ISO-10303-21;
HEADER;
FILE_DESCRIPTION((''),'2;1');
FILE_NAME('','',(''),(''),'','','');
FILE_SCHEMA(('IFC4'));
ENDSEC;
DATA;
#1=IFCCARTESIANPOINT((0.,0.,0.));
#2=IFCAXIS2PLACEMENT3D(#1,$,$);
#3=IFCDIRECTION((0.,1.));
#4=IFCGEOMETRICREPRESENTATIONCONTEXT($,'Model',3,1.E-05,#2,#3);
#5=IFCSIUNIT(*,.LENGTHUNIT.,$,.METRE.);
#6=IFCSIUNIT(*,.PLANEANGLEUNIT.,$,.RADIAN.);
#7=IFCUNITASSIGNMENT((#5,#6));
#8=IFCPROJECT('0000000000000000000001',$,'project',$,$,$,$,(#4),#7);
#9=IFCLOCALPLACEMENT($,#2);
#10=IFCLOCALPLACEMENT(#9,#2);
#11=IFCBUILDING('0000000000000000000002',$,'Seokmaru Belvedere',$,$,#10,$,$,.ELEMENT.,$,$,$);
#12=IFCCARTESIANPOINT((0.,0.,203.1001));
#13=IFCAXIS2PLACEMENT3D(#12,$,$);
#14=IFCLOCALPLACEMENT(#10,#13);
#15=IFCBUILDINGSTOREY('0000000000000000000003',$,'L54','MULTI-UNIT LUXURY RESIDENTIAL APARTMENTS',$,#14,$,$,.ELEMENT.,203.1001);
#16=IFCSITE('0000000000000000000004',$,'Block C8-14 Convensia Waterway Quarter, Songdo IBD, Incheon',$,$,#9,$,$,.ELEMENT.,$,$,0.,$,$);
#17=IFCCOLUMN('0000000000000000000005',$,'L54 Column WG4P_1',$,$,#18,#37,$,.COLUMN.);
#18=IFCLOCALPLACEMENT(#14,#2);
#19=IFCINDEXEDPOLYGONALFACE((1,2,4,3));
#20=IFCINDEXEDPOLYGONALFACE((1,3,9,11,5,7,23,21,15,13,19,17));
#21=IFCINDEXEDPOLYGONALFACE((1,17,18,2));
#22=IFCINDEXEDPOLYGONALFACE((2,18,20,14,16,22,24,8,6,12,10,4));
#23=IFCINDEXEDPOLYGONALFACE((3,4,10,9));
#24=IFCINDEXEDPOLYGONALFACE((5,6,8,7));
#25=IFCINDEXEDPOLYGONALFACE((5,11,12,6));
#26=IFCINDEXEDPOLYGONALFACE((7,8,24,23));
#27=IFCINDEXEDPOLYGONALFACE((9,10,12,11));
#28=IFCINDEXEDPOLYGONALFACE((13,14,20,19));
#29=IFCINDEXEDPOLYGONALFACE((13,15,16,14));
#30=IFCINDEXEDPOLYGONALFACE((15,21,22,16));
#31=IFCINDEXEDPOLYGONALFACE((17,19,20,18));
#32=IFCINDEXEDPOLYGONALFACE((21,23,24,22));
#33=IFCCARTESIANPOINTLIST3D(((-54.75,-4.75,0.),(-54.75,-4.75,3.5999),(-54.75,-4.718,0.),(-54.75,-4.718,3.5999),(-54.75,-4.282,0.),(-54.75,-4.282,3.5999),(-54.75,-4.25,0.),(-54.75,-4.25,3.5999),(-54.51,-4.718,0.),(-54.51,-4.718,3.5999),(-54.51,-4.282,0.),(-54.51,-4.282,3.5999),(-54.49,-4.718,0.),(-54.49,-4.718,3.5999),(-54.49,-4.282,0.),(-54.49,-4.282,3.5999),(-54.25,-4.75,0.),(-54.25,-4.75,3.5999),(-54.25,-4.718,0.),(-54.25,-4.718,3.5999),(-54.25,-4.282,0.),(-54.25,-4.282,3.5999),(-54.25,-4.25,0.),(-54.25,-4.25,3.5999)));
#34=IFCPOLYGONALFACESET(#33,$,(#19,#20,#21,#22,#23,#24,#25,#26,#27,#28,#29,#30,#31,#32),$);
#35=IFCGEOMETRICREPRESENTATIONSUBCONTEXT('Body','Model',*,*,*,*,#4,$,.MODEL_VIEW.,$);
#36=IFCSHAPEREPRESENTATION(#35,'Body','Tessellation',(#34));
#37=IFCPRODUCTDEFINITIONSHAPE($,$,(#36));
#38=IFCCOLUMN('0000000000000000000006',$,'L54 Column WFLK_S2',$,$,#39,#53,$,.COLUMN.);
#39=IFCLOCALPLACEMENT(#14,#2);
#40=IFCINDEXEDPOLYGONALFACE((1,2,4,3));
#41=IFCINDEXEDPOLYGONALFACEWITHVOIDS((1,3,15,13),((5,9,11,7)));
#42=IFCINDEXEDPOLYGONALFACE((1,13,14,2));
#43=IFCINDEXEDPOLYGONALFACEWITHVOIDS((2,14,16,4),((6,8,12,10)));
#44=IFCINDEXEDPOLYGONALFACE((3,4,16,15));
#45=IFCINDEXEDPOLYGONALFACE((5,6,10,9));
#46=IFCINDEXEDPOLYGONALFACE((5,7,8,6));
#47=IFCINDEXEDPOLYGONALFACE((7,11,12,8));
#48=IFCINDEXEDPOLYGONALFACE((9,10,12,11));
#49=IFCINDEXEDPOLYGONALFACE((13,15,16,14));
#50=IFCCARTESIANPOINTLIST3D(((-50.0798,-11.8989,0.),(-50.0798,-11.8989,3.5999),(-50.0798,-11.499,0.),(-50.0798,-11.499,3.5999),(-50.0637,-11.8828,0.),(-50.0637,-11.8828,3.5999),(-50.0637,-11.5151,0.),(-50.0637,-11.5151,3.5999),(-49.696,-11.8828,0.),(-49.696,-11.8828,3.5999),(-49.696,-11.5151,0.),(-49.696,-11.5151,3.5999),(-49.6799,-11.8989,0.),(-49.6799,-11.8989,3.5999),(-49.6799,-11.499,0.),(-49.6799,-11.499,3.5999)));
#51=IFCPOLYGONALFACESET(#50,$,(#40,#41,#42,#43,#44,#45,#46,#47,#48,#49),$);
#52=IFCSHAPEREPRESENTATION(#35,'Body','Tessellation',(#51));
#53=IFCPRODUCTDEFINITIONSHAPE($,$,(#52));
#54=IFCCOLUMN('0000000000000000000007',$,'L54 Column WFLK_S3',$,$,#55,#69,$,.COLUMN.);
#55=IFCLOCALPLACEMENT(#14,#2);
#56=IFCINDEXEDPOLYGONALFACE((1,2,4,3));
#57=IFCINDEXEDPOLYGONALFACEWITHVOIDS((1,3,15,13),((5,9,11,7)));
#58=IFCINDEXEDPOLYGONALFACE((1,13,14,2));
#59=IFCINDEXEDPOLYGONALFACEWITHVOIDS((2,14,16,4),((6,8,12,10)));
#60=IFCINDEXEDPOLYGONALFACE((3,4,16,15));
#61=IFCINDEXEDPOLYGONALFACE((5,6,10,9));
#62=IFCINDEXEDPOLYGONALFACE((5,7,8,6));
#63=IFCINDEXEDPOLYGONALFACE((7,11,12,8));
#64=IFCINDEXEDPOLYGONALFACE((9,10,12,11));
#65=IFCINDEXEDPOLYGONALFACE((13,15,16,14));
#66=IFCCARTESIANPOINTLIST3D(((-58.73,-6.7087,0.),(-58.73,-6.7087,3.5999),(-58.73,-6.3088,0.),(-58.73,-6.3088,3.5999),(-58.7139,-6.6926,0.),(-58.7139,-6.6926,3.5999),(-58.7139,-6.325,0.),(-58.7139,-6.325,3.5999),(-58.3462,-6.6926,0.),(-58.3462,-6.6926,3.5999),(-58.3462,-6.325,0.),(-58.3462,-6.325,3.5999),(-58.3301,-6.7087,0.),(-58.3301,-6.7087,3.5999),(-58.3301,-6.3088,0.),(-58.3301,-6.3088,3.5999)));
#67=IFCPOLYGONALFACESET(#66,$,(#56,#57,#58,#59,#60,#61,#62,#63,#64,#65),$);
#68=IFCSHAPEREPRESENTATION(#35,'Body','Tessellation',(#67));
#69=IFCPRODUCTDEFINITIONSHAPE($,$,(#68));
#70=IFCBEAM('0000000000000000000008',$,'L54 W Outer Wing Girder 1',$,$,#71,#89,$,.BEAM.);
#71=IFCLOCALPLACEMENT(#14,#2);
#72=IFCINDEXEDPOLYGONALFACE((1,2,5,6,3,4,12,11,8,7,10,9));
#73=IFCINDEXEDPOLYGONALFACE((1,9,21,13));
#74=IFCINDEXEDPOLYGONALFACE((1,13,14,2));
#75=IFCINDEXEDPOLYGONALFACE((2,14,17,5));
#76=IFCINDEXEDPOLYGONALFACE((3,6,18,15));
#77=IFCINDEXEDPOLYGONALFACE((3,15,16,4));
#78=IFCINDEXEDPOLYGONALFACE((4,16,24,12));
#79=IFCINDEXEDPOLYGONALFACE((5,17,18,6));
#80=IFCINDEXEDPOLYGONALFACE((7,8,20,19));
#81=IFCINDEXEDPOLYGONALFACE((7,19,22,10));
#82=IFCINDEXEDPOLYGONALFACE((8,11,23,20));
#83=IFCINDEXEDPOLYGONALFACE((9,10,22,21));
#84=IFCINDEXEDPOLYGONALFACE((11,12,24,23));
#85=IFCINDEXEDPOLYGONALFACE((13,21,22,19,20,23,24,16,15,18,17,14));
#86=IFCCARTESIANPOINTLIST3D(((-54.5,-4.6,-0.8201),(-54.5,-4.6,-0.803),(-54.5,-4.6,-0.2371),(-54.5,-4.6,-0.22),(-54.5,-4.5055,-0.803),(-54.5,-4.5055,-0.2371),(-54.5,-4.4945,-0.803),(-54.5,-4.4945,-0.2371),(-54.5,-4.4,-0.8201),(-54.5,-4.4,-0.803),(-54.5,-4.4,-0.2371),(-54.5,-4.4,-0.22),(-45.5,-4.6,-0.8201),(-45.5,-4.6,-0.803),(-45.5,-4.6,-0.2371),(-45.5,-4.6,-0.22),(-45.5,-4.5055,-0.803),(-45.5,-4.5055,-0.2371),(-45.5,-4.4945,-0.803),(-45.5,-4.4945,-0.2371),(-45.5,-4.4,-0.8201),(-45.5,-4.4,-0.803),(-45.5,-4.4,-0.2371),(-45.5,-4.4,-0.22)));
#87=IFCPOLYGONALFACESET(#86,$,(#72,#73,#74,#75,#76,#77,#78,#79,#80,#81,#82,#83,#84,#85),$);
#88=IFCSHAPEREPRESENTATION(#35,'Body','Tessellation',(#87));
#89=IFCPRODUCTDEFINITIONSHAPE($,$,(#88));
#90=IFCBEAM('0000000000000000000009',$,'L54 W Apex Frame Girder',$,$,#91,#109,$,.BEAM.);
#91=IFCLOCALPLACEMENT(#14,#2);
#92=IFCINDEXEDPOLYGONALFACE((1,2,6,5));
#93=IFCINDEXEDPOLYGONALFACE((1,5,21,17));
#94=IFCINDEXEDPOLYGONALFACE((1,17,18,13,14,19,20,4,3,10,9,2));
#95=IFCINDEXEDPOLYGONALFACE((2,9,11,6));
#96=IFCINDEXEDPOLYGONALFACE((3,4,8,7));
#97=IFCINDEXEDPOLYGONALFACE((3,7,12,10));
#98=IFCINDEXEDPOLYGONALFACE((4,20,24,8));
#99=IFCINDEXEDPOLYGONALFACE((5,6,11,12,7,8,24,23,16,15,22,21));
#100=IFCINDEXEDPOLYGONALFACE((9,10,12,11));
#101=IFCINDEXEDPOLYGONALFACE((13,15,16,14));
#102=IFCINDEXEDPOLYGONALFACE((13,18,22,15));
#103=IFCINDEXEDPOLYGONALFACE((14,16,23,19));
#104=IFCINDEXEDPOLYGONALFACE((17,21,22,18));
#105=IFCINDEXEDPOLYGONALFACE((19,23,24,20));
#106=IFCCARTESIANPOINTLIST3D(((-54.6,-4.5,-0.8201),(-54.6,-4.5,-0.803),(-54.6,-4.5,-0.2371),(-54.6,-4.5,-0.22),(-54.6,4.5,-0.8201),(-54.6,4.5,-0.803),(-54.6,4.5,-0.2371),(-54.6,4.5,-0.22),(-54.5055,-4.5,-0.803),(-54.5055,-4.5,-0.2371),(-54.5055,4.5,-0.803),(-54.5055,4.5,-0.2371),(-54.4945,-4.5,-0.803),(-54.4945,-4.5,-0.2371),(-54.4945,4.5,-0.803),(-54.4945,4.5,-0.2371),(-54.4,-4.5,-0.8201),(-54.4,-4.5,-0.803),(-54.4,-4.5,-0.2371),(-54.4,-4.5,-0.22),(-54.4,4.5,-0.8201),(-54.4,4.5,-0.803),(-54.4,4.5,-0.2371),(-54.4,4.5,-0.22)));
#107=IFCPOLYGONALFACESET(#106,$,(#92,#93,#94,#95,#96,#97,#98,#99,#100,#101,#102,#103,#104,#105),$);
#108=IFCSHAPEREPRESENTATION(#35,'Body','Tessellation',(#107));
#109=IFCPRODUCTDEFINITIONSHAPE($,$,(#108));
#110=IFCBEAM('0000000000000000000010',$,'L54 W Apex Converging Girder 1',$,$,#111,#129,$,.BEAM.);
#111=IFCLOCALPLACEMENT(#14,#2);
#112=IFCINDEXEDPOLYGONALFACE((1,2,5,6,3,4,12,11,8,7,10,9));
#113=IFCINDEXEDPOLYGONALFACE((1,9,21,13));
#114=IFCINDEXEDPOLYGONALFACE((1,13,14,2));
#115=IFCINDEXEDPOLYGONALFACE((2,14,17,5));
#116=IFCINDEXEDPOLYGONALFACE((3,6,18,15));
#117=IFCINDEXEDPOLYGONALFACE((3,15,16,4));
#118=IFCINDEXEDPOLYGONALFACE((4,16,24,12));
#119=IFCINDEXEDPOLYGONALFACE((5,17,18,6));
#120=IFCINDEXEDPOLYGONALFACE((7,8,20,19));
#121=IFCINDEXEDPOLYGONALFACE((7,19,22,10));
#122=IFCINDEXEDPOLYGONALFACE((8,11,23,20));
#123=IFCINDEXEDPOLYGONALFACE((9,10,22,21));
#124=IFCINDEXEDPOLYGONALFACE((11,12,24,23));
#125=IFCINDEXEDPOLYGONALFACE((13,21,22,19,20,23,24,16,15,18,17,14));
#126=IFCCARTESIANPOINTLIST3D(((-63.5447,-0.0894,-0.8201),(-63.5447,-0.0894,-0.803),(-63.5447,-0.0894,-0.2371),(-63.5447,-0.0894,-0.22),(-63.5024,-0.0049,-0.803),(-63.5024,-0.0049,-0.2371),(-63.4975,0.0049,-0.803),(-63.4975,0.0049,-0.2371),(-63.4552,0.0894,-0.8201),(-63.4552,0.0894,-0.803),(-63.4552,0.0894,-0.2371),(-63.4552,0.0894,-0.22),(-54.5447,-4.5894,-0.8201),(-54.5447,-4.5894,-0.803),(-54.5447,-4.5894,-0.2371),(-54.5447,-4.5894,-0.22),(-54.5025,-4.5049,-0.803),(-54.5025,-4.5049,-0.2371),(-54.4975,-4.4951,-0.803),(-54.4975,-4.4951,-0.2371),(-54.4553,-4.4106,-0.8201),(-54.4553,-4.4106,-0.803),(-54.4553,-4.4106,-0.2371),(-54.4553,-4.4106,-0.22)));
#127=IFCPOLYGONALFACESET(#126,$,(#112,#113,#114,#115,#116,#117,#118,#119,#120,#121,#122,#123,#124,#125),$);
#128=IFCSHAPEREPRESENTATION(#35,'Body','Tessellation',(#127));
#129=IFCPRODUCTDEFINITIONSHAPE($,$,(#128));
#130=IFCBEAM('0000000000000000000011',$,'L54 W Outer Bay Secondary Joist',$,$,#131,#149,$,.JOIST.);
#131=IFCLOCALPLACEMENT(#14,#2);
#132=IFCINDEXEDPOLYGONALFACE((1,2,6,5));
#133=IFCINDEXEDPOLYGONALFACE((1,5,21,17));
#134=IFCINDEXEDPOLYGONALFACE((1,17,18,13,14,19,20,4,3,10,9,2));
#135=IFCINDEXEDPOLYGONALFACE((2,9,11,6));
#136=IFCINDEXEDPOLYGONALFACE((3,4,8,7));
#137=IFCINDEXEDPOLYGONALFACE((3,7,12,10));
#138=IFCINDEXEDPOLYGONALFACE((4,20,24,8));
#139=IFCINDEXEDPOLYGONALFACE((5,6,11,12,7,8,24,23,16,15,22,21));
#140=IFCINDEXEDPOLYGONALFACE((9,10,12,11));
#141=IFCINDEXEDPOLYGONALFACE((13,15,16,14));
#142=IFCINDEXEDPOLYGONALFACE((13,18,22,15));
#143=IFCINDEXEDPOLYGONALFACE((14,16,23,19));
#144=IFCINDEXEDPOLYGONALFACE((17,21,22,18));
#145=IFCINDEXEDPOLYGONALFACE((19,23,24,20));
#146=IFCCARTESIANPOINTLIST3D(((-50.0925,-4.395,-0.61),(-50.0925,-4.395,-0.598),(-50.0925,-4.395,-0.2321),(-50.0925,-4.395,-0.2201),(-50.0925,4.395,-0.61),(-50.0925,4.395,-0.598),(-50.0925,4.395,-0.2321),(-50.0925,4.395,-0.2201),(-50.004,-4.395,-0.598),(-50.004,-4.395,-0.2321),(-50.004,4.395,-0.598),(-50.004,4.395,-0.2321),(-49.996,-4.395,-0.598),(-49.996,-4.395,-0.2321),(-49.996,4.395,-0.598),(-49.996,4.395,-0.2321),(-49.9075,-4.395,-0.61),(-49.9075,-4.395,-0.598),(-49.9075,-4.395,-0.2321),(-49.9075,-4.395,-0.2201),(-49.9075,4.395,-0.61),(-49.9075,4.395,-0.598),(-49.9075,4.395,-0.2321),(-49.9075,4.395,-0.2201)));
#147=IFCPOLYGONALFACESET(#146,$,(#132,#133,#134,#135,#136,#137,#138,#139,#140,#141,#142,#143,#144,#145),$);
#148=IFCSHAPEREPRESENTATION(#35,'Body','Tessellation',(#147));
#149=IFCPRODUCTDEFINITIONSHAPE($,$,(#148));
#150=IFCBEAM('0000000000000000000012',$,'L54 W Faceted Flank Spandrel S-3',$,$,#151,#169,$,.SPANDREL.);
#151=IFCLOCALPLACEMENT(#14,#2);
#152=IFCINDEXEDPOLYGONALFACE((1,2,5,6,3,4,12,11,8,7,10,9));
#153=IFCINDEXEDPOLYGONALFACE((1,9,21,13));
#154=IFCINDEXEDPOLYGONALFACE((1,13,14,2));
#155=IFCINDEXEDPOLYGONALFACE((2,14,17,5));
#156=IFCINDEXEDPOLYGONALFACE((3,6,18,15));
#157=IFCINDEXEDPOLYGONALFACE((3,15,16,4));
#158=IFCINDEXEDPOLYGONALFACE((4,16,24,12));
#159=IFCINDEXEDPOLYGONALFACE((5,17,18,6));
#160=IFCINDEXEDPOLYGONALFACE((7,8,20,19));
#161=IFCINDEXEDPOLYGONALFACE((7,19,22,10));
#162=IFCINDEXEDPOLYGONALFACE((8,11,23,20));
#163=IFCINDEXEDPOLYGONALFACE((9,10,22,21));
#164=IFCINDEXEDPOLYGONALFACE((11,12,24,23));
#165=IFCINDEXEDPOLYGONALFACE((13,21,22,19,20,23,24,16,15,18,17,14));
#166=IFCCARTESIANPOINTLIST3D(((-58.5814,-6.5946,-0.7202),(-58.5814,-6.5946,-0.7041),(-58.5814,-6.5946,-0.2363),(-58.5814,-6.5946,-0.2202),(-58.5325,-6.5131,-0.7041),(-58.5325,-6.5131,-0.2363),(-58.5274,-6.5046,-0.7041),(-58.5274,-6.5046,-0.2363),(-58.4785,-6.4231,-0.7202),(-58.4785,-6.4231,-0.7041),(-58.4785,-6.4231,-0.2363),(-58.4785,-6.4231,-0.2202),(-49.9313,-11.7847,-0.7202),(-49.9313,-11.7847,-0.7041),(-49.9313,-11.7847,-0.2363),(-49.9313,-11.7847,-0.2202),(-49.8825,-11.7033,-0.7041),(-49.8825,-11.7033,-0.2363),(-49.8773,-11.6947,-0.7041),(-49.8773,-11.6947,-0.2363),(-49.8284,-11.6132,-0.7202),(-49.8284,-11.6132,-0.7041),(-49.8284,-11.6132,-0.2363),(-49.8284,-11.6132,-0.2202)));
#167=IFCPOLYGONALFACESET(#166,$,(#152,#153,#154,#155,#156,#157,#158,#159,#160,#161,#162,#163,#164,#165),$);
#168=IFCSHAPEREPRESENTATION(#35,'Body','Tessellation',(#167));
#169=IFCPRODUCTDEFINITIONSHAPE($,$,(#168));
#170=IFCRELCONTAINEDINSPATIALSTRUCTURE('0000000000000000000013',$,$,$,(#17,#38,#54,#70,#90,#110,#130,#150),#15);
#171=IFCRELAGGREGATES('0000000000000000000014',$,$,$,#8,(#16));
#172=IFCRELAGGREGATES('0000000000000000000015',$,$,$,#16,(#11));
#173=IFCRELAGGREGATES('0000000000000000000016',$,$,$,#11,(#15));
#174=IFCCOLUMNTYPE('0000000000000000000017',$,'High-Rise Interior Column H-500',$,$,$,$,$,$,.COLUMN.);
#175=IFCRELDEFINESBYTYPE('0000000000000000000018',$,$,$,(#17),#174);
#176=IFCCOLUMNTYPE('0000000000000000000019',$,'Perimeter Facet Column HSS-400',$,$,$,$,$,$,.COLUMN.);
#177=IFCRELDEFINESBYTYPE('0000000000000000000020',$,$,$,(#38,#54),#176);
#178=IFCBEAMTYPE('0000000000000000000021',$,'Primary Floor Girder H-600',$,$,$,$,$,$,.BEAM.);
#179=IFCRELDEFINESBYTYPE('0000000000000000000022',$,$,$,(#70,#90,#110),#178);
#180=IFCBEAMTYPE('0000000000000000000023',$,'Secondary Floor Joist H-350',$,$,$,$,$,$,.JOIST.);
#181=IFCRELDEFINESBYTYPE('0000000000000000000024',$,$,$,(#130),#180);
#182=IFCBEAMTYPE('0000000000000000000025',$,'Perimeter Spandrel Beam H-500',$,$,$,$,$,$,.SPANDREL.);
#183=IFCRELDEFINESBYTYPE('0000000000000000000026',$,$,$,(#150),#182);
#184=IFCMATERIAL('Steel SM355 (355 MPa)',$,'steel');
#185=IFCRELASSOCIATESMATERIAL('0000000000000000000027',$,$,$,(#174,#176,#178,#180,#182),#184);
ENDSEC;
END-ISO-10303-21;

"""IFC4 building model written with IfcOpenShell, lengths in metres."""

from ifc_helpers import new_model, si_unit, direction, frame, origin, origin_2d, place, context, subcontext, project, spatial, hollow_rectangle, i_section, extrude, source, transform, mapped, material, material_profile, profile_set, type_object, type_shapes, element, save


model = new_model("IFC4")

# Units and contexts
model_context = context("Model", 3, precision=1e-05, world=origin(), true_north=direction((0.0, 1.0)))
body_context = subcontext(model_context, "Body", "Model", "MODEL_VIEW")
ifc_project = project(units=[si_unit("LENGTHUNIT", "METRE"), si_unit("PLANEANGLEUNIT", "RADIAN")], contexts=[model_context])

# Site, building, storey
site_placement = place(None, origin())
site = spatial("IfcSite", under=ifc_project, at=site_placement, Name="Block C8-14 Convensia Waterway Quarter, Songdo IBD, Incheon", CompositionType="ELEMENT", RefElevation=0.0)
building_placement = place(site_placement, origin())
building = spatial("IfcBuilding", under=site, at=building_placement, Name="Seokmaru Belvedere", CompositionType="ELEMENT")
storey_placement = place(building_placement, frame((0.0, 0.0, 203.1001)))
storey = spatial("IfcBuildingStorey", under=building, at=storey_placement, Name="L54", Description="MULTI-UNIT LUXURY RESIDENTIAL APARTMENTS", CompositionType="ELEMENT", Elevation=203.1001)

# Columns
ifc_material_1 = material(Name="Steel SM355 (355 MPa)", Category="steel")
ifc_material_profile_1 = material_profile(ifc_material_1, i_section(OverallWidth=0.5, OverallDepth=0.5, WebThickness=0.02, FlangeThickness=0.032, at=origin_2d()), Name="H-500x500x20x32")
ifc_profile_set_1 = profile_set([ifc_material_profile_1], Name="Steel SM355 (355 MPa)")
column_type_1 = type_object("IfcColumnType", Name="High-Rise Interior Column H-500", PredefinedType="COLUMN", material=ifc_profile_set_1)
shared_shape_1 = source(origin(), body_context, "Body", "SweptSolid", [
    extrude(i_section(OverallWidth=0.5, OverallDepth=0.5, WebThickness=0.02, FlangeThickness=0.032, at=origin_2d()), origin(), (0.0, 0.0, 1.0), 3.5999),
])
type_shapes(column_type_1, [shared_shape_1])
column_placement = place(storey_placement, frame((-54.5, -4.5, 0.0), z_axis=(0.0, 0.0, 1.0), x_axis=(1.0, 0.0, 0.0)))
element("IfcColumn", 1, at=column_placement, inside=storey, type_object=column_type_1, Name="L54 Column WG4P_1", PredefinedType="COLUMN", context=body_context, shape_type="MappedRepresentation", body=[
    mapped(shared_shape_1, transform((0.0, 0.0, 0.0), scale=1.0)),
])
ifc_material_profile_2 = material_profile(ifc_material_1, hollow_rectangle(XDim=0.3999, YDim=0.3999, WallThickness=0.0161, at=origin_2d()), Name="HSS-400x400x16")
ifc_profile_set_2 = profile_set([ifc_material_profile_2], Name="Steel SM355 (355 MPa)")
column_type_2 = type_object("IfcColumnType", Name="Perimeter Facet Column HSS-400", PredefinedType="COLUMN", material=ifc_profile_set_2)
shared_shape_2 = source(origin(), body_context, "Body", "SweptSolid", [
    extrude(hollow_rectangle(XDim=0.3999, YDim=0.3999, WallThickness=0.0161, at=origin_2d()), origin(), (0.0, 0.0, 1.0), 3.5999),
])
type_shapes(column_type_2, [shared_shape_2])
for number, where, z_axis, x_axis, name in (
    (2, (-49.8799, -11.699, 0.0), (0.0, 0.0, 1.0), (1.0, 0.0, 0.0), "L54 Column WFLK_S2"),
    (3, (-58.53, -6.5088, 0.0), (0.0, 0.0, 1.0), (1.0, 0.0, 0.0), "L54 Column WFLK_S3"),
):
    element("IfcColumn", number, at=place(storey_placement, frame(where, z_axis=z_axis, x_axis=x_axis)), inside=storey, type_object=column_type_2, Name=name, PredefinedType="COLUMN", context=body_context, shape_type="MappedRepresentation", body=[
        mapped(shared_shape_2, transform((0.0, 0.0, 0.0), scale=1.0)),
    ])

# Beams
ifc_material_profile_3 = material_profile(ifc_material_1, i_section(OverallWidth=0.2, OverallDepth=0.6001, WebThickness=0.011, FlangeThickness=0.0171, at=origin_2d()), Name="H-600x200x11x17")
ifc_profile_set_3 = profile_set([ifc_material_profile_3], Name="Steel SM355 (355 MPa)")
beam_type_1 = type_object("IfcBeamType", Name="Primary Floor Girder H-600", PredefinedType="BEAM", material=ifc_profile_set_3)
shared_shape_3 = source(origin(), body_context, "Body", "SweptSolid", [
    extrude(i_section(OverallWidth=0.2, OverallDepth=0.6001, WebThickness=0.011, FlangeThickness=0.0171, at=origin_2d()), origin(), (0.0, 0.0, 1.0), 9.0),
])
for number, where, z_axis, x_axis, name in (
    (4, (-54.5, -4.5, -0.52), (1.0, 0.0, 0.0), (0.0, 1.0, 0.0), "L54 W Outer Wing Girder 1"),
    (5, (-54.5, -4.5, -0.52), (0.0, 1.0, 0.0), (-1.0, 0.0, 0.0), "L54 W Apex Frame Girder"),
):
    element("IfcBeam", number, at=place(storey_placement, frame(where, z_axis=z_axis, x_axis=x_axis)), inside=storey, type_object=beam_type_1, Name=name, PredefinedType="BEAM", context=body_context, shape_type="MappedRepresentation", body=[
        mapped(shared_shape_3, transform((0.0, 0.0, 0.0), scale=1.0)),
    ])
shared_shape_4 = source(origin(), body_context, "Body", "SweptSolid", [
    extrude(i_section(OverallWidth=0.2, OverallDepth=0.6001, WebThickness=0.011, FlangeThickness=0.0171, at=origin_2d()), origin(), (0.0, 0.0, 1.0), 10.0623),
])
beam_1_placement = place(storey_placement, frame((-54.5, -4.5, -0.52), z_axis=(-0.894427, 0.447214, 0.0), x_axis=(-0.447214, -0.894427, 0.0)))
element("IfcBeam", 6, at=beam_1_placement, inside=storey, type_object=beam_type_1, Name="L54 W Apex Converging Girder 1", PredefinedType="BEAM", context=body_context, shape_type="MappedRepresentation", body=[
    mapped(shared_shape_4, transform((0.0, 0.0, 0.0), scale=1.0)),
])
ifc_material_profile_4 = material_profile(ifc_material_1, i_section(OverallWidth=0.1851, OverallDepth=0.3899, WebThickness=0.0081, FlangeThickness=0.012, at=origin_2d()), Name="H-390x185x8x12")
ifc_profile_set_4 = profile_set([ifc_material_profile_4], Name="Steel SM355 (355 MPa)")
beam_type_2 = type_object("IfcBeamType", Name="Secondary Floor Joist H-350", PredefinedType="JOIST", material=ifc_profile_set_4)
shared_shape_5 = source(origin(), body_context, "Body", "SweptSolid", [
    extrude(i_section(OverallWidth=0.1851, OverallDepth=0.3899, WebThickness=0.0081, FlangeThickness=0.012, at=origin_2d()), origin(), (0.0, 0.0, 1.0), 8.79),
])
type_shapes(beam_type_2, [shared_shape_5])
beam_2_placement = place(storey_placement, frame((-50.0, -4.395, -0.415), z_axis=(0.0, 1.0, 0.0), x_axis=(-1.0, 0.0, 0.0)))
element("IfcBeam", 7, at=beam_2_placement, inside=storey, type_object=beam_type_2, Name="L54 W Outer Bay Secondary Joist", PredefinedType="JOIST", context=body_context, shape_type="MappedRepresentation", body=[
    mapped(shared_shape_5, transform((0.0, 0.0, 0.0), scale=1.0)),
])
ifc_material_profile_5 = material_profile(ifc_material_1, i_section(OverallWidth=0.2, OverallDepth=0.5, WebThickness=0.01, FlangeThickness=0.0161, at=origin_2d()), Name="H-500x200x10x16")
ifc_profile_set_5 = profile_set([ifc_material_profile_5], Name="Steel SM355 (355 MPa)")
beam_type_3 = type_object("IfcBeamType", Name="Perimeter Spandrel Beam H-500", PredefinedType="SPANDREL", material=ifc_profile_set_5)
shared_shape_6 = source(origin(), body_context, "Body", "SweptSolid", [
    extrude(i_section(OverallWidth=0.2, OverallDepth=0.5, WebThickness=0.01, FlangeThickness=0.0161, at=origin_2d()), origin(), (0.0, 0.0, 1.0), 10.0876),
])
beam_3_placement = place(storey_placement, frame((-49.8799, -11.699, -0.4702), z_axis=(-0.857489, 0.514503, 0.0), x_axis=(-0.514503, -0.857489, 0.0)))
element("IfcBeam", 8, at=beam_3_placement, inside=storey, type_object=beam_type_3, Name="L54 W Faceted Flank Spandrel S-3", PredefinedType="SPANDREL", context=body_context, shape_type="MappedRepresentation", body=[
    mapped(shared_shape_6, transform((0.0, 0.0, 0.0), scale=1.0)),
])

save(model, "model.ifc")
